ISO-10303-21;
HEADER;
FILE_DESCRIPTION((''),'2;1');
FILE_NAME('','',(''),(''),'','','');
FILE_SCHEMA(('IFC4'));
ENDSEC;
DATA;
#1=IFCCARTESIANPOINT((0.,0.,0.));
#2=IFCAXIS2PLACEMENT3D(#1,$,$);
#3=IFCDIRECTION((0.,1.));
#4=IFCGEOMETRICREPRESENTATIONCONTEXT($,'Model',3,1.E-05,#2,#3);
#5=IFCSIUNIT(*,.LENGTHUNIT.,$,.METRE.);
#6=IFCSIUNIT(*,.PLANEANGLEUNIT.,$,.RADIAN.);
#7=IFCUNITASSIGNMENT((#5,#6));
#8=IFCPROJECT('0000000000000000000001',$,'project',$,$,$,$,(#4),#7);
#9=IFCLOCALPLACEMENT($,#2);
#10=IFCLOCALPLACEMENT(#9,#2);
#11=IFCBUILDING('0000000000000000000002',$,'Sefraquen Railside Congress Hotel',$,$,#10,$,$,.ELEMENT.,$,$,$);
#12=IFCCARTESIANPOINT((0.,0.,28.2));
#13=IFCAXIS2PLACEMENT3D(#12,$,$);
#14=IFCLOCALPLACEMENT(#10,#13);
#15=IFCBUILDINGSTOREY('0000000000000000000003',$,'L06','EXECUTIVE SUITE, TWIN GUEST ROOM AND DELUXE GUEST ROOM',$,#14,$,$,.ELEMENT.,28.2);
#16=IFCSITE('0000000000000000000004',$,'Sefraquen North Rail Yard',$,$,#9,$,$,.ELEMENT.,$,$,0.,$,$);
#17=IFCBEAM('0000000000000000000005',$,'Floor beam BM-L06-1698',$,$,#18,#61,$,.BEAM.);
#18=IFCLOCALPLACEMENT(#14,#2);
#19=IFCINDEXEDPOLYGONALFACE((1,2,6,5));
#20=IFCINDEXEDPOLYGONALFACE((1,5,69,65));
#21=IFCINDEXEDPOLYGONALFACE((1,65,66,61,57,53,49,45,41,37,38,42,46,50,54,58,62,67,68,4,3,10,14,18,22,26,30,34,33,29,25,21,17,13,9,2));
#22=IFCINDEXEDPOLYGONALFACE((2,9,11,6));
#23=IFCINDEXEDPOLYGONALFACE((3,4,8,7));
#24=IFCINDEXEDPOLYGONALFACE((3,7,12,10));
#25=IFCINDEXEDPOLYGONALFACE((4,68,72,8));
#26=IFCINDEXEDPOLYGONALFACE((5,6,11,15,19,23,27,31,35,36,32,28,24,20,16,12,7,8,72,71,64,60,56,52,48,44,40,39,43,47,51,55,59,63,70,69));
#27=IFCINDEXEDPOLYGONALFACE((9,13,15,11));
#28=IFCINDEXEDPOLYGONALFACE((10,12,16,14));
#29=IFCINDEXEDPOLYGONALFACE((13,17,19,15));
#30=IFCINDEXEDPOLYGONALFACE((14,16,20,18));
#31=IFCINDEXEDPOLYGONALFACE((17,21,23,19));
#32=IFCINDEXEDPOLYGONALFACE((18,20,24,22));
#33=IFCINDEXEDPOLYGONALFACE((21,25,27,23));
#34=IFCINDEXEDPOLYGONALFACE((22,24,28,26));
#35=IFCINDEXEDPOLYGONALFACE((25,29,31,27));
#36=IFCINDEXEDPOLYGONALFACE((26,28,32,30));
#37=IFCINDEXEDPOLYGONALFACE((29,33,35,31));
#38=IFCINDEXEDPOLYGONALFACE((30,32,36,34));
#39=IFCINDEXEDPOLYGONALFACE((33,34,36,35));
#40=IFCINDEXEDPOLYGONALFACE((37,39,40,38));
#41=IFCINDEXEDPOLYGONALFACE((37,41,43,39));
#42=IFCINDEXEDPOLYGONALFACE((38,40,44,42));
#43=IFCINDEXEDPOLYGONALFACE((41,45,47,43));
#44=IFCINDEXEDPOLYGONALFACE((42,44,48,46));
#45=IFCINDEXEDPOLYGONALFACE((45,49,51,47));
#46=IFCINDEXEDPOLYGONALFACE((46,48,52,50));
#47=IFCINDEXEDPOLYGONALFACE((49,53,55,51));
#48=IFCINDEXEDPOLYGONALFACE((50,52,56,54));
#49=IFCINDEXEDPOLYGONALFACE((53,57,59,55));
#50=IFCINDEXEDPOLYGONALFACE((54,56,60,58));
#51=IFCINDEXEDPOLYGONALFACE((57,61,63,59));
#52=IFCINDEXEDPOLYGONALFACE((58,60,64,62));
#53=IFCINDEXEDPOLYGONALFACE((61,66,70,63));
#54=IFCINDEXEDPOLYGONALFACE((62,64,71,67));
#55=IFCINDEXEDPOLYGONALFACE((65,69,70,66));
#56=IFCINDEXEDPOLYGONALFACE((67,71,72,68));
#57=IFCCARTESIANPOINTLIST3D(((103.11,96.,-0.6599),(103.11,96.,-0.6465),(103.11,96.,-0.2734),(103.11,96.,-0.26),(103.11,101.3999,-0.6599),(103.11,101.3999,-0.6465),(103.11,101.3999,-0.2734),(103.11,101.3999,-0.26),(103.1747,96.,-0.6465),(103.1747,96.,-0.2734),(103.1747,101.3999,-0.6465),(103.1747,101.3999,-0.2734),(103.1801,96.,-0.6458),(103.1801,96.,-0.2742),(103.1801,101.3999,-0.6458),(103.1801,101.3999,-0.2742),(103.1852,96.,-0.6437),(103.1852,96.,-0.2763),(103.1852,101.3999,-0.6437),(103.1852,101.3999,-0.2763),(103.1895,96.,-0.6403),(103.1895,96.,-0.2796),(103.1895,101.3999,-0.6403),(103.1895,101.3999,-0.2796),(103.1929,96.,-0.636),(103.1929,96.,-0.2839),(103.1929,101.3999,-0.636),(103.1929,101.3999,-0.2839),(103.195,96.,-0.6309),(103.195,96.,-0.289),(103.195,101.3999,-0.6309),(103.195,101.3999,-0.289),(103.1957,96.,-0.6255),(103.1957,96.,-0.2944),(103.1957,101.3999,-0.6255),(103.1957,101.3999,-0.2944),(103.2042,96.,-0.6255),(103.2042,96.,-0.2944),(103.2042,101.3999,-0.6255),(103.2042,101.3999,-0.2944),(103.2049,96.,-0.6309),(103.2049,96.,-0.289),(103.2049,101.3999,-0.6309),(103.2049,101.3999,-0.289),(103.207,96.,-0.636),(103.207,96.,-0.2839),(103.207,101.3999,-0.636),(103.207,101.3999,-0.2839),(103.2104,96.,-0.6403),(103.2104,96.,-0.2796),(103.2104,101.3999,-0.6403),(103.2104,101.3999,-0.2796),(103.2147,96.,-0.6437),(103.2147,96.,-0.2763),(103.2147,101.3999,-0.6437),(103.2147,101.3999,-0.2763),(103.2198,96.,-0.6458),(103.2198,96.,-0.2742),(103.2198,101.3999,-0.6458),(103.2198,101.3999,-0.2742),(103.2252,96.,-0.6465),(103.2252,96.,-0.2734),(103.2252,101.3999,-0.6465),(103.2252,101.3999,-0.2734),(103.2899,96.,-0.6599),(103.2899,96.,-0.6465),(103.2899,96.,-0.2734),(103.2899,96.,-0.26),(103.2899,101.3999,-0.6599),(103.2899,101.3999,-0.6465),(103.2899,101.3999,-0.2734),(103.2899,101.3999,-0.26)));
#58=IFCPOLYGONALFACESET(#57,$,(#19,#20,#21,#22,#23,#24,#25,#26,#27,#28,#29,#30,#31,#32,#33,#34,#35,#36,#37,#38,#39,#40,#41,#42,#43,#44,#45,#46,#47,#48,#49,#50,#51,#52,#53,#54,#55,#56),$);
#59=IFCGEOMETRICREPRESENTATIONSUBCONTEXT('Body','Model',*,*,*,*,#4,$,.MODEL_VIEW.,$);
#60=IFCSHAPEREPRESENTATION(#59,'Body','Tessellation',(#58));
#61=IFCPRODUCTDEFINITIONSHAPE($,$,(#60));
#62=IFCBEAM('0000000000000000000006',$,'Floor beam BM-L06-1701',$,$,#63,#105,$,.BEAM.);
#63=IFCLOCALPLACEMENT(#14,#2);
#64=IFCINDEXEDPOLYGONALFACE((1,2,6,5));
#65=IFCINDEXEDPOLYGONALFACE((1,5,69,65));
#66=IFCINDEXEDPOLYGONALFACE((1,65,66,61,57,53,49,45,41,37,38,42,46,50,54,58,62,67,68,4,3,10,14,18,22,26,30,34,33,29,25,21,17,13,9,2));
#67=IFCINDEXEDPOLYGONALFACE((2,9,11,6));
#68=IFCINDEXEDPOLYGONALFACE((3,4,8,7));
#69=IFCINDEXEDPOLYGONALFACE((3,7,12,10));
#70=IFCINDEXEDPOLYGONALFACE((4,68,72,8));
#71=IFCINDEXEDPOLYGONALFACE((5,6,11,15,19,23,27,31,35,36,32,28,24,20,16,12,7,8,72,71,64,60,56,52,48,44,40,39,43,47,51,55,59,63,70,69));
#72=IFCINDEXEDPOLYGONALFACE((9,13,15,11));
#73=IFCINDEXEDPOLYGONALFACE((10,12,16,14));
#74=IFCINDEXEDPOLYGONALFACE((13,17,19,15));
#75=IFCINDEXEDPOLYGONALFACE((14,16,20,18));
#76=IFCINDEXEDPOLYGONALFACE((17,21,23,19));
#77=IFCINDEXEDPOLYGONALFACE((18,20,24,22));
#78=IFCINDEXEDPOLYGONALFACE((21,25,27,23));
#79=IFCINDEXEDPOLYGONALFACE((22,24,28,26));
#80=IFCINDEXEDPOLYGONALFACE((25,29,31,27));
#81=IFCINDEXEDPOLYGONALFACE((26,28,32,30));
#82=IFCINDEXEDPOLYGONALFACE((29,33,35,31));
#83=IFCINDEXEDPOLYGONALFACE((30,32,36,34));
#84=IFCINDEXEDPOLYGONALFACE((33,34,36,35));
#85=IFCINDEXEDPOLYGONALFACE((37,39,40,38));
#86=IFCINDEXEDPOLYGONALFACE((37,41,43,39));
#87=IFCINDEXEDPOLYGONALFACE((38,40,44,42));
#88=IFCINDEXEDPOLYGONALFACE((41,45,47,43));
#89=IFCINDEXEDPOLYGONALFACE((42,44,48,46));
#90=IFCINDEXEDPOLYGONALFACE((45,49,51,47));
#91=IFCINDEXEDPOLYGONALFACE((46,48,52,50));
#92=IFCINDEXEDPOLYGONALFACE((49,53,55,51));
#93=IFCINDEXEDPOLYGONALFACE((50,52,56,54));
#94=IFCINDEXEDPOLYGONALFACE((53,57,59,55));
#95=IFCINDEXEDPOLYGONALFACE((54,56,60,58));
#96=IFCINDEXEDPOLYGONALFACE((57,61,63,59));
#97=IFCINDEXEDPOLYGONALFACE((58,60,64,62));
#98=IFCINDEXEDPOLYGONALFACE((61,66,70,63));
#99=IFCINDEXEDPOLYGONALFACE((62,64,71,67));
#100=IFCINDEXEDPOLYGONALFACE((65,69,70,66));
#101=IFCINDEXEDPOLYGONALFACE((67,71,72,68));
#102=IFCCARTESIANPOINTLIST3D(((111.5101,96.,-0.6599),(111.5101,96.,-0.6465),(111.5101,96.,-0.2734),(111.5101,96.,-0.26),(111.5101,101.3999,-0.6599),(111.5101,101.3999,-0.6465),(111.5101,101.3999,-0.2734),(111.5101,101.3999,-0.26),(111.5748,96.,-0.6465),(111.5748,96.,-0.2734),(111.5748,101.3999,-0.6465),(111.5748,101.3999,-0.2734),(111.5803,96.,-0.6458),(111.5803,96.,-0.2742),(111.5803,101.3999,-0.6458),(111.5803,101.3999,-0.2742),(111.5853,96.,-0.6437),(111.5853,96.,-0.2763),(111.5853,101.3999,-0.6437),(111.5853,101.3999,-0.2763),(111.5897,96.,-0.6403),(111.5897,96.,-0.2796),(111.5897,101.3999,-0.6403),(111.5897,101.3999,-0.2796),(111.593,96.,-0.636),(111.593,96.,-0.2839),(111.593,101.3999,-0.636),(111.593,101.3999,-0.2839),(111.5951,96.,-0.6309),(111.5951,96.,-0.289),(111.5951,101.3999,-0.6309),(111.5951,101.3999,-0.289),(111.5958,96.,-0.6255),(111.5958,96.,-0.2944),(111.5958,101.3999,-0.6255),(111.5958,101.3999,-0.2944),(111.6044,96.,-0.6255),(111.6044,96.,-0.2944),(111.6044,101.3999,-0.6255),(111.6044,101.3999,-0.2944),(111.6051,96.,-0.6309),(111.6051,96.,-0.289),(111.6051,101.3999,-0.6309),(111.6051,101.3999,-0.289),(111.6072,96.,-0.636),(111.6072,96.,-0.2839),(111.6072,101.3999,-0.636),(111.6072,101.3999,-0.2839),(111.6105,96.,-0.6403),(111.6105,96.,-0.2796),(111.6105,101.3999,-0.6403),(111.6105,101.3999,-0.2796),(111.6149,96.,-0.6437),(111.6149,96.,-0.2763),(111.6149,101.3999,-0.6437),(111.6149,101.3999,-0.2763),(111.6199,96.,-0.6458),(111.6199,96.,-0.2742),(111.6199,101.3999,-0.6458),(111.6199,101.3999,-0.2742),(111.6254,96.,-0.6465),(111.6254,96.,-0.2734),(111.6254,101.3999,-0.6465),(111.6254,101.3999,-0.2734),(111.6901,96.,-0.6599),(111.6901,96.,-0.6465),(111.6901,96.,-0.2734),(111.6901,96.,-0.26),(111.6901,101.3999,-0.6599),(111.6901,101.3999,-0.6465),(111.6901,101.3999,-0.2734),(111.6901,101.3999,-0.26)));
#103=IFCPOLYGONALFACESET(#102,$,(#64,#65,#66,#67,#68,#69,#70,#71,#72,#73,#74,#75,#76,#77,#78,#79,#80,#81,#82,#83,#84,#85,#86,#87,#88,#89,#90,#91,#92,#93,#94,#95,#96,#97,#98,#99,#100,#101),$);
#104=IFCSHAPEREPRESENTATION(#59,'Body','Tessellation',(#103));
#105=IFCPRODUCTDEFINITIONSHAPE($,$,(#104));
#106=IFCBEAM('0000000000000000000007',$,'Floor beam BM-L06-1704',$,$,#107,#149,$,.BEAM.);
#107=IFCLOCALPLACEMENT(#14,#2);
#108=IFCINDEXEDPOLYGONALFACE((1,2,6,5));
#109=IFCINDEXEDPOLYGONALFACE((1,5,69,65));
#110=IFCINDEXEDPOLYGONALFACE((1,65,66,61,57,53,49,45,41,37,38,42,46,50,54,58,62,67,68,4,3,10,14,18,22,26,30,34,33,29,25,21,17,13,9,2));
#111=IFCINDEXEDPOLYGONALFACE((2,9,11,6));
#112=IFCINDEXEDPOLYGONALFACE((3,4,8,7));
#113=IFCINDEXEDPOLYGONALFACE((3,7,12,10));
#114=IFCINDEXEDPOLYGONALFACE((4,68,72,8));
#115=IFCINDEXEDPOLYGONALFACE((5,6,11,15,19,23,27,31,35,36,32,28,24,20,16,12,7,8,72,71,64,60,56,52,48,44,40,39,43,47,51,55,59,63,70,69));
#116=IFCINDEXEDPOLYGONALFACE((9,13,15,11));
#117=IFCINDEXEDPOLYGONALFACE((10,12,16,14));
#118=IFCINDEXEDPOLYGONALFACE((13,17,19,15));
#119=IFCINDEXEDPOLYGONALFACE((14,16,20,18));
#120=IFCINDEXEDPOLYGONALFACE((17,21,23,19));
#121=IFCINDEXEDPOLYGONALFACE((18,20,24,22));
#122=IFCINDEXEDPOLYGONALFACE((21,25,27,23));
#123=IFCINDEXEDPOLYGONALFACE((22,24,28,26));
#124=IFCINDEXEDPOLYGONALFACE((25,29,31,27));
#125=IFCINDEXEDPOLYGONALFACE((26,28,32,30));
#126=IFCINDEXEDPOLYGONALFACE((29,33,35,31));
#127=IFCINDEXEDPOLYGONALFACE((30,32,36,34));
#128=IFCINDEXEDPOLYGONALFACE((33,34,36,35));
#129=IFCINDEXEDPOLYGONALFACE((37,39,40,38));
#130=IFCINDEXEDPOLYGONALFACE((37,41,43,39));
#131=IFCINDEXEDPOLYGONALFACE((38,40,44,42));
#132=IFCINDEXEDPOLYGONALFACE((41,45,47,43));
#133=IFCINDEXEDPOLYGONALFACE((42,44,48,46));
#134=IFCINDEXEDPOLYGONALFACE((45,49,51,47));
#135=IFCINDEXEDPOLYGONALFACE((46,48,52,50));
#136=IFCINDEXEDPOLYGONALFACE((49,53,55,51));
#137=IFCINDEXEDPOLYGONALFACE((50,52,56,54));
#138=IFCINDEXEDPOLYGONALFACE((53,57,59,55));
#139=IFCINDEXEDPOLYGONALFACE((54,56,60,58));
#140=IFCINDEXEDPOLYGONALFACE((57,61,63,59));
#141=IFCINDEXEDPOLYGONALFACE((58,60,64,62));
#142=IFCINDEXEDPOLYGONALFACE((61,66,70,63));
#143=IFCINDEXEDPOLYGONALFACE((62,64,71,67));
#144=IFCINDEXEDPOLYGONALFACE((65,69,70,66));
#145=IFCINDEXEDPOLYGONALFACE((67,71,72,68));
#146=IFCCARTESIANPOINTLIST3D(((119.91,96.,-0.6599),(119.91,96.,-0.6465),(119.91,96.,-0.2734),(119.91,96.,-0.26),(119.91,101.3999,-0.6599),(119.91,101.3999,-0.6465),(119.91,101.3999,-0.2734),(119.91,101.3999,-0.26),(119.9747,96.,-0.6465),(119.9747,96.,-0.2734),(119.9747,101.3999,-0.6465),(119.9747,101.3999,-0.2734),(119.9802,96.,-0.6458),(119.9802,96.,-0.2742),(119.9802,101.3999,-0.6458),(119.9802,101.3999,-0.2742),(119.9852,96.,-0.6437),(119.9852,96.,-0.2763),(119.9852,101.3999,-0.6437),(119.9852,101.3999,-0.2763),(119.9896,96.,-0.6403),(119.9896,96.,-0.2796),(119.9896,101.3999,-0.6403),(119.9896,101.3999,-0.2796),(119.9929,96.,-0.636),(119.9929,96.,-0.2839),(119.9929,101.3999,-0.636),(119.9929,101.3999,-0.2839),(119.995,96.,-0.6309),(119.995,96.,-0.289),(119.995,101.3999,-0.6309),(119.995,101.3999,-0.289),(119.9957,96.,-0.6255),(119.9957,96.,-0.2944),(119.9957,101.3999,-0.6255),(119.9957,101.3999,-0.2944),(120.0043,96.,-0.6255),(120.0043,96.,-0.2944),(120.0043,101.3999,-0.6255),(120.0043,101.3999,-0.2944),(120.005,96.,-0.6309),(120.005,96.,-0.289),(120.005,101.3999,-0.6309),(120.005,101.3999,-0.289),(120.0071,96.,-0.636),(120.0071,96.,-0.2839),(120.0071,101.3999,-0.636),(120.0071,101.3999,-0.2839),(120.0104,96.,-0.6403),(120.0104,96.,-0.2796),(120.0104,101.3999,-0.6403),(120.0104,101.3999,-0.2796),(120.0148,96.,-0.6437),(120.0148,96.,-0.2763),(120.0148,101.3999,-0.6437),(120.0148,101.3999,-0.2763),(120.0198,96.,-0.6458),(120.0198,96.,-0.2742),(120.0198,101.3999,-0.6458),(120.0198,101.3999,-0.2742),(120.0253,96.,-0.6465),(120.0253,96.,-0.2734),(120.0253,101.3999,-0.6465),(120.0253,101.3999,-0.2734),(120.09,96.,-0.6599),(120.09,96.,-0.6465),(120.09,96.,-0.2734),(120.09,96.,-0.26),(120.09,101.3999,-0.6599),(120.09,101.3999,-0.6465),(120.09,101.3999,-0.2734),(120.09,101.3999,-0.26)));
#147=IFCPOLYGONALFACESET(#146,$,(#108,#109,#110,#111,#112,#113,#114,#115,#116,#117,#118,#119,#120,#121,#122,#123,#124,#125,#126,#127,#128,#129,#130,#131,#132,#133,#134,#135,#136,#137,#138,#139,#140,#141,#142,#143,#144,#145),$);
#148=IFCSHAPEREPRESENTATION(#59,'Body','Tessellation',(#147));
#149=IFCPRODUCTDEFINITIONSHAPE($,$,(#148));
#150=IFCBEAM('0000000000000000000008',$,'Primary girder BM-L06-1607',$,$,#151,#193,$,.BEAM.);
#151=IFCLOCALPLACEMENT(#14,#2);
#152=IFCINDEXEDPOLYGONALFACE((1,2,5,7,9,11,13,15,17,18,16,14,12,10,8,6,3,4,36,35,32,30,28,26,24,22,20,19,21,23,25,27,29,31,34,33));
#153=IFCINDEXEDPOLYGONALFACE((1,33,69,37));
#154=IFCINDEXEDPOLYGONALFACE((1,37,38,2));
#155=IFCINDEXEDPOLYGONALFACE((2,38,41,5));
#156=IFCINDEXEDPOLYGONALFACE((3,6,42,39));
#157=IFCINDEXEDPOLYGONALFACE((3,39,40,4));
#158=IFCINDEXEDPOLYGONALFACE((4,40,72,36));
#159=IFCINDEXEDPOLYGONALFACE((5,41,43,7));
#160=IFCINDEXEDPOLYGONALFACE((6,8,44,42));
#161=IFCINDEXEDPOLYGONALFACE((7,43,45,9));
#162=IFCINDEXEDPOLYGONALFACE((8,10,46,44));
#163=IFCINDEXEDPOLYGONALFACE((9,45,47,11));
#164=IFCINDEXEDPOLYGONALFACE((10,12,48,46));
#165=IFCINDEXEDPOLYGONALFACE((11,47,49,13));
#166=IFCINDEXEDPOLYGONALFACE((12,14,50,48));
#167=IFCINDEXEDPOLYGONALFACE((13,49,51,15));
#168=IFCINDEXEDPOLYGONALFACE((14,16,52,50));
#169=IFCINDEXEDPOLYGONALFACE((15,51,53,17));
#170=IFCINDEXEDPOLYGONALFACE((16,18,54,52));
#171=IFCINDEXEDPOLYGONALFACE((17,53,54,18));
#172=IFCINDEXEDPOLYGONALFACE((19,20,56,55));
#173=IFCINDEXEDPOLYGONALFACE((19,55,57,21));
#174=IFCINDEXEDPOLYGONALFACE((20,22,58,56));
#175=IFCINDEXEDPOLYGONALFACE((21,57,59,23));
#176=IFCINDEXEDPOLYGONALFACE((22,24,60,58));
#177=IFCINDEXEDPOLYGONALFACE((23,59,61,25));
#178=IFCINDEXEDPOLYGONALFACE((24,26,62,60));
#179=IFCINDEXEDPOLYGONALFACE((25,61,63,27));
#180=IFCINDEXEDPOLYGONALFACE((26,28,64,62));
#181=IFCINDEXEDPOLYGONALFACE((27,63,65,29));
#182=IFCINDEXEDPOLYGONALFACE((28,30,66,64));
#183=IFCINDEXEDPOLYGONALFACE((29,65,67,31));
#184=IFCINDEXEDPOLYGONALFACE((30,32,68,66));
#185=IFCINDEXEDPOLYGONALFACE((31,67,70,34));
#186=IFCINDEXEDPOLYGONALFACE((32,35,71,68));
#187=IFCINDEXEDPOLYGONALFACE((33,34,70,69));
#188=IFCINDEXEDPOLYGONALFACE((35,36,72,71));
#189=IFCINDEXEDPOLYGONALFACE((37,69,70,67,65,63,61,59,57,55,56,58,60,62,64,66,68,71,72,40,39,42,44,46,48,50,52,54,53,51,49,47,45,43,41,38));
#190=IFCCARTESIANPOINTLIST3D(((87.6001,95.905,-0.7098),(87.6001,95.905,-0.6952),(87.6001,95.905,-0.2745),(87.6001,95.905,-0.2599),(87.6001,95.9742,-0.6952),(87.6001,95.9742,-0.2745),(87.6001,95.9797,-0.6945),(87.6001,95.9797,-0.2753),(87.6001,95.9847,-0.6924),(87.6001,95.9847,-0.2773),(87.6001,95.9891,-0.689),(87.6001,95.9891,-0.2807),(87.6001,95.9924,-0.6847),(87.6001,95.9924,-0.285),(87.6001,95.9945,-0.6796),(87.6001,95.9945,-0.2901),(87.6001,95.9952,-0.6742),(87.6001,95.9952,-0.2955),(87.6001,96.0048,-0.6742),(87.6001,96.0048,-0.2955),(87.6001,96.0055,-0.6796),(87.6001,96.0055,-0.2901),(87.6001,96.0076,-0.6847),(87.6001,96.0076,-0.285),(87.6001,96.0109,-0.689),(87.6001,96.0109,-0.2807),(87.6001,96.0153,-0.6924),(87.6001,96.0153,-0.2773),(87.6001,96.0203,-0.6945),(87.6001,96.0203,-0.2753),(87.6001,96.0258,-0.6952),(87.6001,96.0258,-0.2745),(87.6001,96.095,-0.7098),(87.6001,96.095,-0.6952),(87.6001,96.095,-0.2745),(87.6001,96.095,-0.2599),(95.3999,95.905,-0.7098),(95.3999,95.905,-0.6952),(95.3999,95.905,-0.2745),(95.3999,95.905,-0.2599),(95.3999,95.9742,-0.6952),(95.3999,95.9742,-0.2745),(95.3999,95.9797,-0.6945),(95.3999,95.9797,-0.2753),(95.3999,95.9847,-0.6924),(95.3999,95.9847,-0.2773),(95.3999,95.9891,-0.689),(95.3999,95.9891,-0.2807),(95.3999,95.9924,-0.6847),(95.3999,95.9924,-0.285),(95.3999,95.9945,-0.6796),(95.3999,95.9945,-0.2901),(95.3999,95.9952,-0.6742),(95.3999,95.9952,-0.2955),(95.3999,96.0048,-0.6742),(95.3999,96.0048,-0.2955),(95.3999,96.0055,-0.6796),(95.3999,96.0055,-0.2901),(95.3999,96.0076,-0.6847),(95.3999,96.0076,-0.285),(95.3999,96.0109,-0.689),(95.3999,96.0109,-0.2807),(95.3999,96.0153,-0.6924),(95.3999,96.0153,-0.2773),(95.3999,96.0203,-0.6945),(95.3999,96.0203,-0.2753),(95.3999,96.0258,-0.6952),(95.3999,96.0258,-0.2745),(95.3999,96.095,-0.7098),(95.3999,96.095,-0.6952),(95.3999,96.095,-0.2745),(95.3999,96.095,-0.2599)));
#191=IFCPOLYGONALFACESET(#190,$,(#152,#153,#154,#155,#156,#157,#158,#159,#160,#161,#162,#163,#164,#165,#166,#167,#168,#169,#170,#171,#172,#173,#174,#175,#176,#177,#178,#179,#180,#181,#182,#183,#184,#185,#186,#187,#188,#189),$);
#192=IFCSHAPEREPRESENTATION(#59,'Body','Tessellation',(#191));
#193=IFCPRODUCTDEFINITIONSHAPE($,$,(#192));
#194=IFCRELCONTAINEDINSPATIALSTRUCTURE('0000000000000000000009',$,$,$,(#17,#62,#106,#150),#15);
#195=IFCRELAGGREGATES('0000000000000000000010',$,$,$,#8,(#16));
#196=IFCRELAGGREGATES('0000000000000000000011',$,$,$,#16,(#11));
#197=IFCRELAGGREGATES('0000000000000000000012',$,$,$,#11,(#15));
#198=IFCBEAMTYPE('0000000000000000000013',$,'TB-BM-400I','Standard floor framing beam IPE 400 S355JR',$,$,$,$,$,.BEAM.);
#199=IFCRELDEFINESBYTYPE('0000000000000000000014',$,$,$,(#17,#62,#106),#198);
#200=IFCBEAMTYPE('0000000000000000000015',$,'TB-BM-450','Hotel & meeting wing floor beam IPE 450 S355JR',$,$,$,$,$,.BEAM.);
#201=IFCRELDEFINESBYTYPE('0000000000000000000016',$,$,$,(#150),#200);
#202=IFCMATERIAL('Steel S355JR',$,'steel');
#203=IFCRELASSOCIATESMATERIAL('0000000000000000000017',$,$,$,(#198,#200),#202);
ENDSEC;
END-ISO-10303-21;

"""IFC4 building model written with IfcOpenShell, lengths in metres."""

from ifc_helpers import new_model, si_unit, direction, frame, origin, origin_2d, place, context, subcontext, project, spatial, i_section, extrude, material, material_profile, profile_set, type_object, element, save


model = new_model("IFC4")

# Units and contexts
model_context = context("Model", 3, precision=1e-05, world=origin(), true_north=direction((0.0, 1.0)))
body_context = subcontext(model_context, "Body", "Model", "MODEL_VIEW")
ifc_project = project(units=[si_unit("LENGTHUNIT", "METRE"), si_unit("PLANEANGLEUNIT", "RADIAN")], contexts=[model_context])

# Site, building, storey
site_placement = place(None, origin())
site = spatial("IfcSite", under=ifc_project, at=site_placement, Name="Sefraquen North Rail Yard", CompositionType="ELEMENT", RefElevation=0.0)
building_placement = place(site_placement, origin())
building = spatial("IfcBuilding", under=site, at=building_placement, Name="Sefraquen Railside Congress Hotel", CompositionType="ELEMENT")
storey_placement = place(building_placement, frame((0.0, 0.0, 28.2)))
storey = spatial("IfcBuildingStorey", under=building, at=storey_placement, Name="L06", Description="EXECUTIVE SUITE, TWIN GUEST ROOM AND DELUXE GUEST ROOM", CompositionType="ELEMENT", Elevation=28.2)

# Shared definitions
ifc_material_1 = material(Name="Steel S355JR", Category="steel")

# Beams
ifc_material_profile_1 = material_profile(ifc_material_1, i_section(OverallWidth=0.1799, OverallDepth=0.3999, WebThickness=0.0085, FlangeThickness=0.0134, FilletRadius=0.021, at=origin_2d()), Name="IPE 400")
ifc_profile_set_1 = profile_set([ifc_material_profile_1], Name="Steel S355JR")
beam_type_1 = type_object("IfcBeamType", Name="TB-BM-400I", Description="Standard floor framing beam IPE 400 S355JR", PredefinedType="BEAM", material=ifc_profile_set_1)
for number, where, z_axis, x_axis, name in (
    (1, (103.2, 96.0, -0.46), (0.0, 1.0, 0.0), (-1.0, 0.0, 0.0), "Floor beam BM-L06-1698"),
    (2, (111.6001, 96.0, -0.46), (0.0, 1.0, 0.0), (-1.0, 0.0, 0.0), "Floor beam BM-L06-1701"),
    (3, (120.0, 96.0, -0.46), (0.0, 1.0, 0.0), (-1.0, 0.0, 0.0), "Floor beam BM-L06-1704"),
):
    element("IfcBeam", number, at=place(storey_placement, frame(where, z_axis=z_axis, x_axis=x_axis)), inside=storey, type_object=beam_type_1, Name=name, PredefinedType="BEAM", context=body_context, shape_type="SweptSolid", body=[
        extrude(i_section(OverallWidth=0.1799, OverallDepth=0.3999, WebThickness=0.0085, FlangeThickness=0.0134, FilletRadius=0.021, at=origin_2d()), origin(), (0.0, 0.0, 1.0), 5.3999),
    ])
ifc_material_profile_2 = material_profile(ifc_material_1, i_section(OverallWidth=0.1899, OverallDepth=0.45, WebThickness=0.0095, FlangeThickness=0.0146, FilletRadius=0.021, at=origin_2d()), Name="IPE 450")
ifc_profile_set_2 = profile_set([ifc_material_profile_2], Name="Steel S355JR")
beam_type_2 = type_object("IfcBeamType", Name="TB-BM-450", Description="Hotel & meeting wing floor beam IPE 450 S355JR", PredefinedType="BEAM", material=ifc_profile_set_2)
beam_1_placement = place(storey_placement, frame((87.6001, 96.0, -0.4849), z_axis=(1.0, 0.0, 0.0), x_axis=(0.0, 1.0, 0.0)))
element("IfcBeam", 4, at=beam_1_placement, inside=storey, type_object=beam_type_2, Name="Primary girder BM-L06-1607", PredefinedType="BEAM", context=body_context, shape_type="SweptSolid", body=[
    extrude(i_section(OverallWidth=0.1899, OverallDepth=0.45, WebThickness=0.0095, FlangeThickness=0.0146, FilletRadius=0.021, at=origin_2d()), origin(), (0.0, 0.0, 1.0), 7.7998),
])

save(model, "model.ifc")
